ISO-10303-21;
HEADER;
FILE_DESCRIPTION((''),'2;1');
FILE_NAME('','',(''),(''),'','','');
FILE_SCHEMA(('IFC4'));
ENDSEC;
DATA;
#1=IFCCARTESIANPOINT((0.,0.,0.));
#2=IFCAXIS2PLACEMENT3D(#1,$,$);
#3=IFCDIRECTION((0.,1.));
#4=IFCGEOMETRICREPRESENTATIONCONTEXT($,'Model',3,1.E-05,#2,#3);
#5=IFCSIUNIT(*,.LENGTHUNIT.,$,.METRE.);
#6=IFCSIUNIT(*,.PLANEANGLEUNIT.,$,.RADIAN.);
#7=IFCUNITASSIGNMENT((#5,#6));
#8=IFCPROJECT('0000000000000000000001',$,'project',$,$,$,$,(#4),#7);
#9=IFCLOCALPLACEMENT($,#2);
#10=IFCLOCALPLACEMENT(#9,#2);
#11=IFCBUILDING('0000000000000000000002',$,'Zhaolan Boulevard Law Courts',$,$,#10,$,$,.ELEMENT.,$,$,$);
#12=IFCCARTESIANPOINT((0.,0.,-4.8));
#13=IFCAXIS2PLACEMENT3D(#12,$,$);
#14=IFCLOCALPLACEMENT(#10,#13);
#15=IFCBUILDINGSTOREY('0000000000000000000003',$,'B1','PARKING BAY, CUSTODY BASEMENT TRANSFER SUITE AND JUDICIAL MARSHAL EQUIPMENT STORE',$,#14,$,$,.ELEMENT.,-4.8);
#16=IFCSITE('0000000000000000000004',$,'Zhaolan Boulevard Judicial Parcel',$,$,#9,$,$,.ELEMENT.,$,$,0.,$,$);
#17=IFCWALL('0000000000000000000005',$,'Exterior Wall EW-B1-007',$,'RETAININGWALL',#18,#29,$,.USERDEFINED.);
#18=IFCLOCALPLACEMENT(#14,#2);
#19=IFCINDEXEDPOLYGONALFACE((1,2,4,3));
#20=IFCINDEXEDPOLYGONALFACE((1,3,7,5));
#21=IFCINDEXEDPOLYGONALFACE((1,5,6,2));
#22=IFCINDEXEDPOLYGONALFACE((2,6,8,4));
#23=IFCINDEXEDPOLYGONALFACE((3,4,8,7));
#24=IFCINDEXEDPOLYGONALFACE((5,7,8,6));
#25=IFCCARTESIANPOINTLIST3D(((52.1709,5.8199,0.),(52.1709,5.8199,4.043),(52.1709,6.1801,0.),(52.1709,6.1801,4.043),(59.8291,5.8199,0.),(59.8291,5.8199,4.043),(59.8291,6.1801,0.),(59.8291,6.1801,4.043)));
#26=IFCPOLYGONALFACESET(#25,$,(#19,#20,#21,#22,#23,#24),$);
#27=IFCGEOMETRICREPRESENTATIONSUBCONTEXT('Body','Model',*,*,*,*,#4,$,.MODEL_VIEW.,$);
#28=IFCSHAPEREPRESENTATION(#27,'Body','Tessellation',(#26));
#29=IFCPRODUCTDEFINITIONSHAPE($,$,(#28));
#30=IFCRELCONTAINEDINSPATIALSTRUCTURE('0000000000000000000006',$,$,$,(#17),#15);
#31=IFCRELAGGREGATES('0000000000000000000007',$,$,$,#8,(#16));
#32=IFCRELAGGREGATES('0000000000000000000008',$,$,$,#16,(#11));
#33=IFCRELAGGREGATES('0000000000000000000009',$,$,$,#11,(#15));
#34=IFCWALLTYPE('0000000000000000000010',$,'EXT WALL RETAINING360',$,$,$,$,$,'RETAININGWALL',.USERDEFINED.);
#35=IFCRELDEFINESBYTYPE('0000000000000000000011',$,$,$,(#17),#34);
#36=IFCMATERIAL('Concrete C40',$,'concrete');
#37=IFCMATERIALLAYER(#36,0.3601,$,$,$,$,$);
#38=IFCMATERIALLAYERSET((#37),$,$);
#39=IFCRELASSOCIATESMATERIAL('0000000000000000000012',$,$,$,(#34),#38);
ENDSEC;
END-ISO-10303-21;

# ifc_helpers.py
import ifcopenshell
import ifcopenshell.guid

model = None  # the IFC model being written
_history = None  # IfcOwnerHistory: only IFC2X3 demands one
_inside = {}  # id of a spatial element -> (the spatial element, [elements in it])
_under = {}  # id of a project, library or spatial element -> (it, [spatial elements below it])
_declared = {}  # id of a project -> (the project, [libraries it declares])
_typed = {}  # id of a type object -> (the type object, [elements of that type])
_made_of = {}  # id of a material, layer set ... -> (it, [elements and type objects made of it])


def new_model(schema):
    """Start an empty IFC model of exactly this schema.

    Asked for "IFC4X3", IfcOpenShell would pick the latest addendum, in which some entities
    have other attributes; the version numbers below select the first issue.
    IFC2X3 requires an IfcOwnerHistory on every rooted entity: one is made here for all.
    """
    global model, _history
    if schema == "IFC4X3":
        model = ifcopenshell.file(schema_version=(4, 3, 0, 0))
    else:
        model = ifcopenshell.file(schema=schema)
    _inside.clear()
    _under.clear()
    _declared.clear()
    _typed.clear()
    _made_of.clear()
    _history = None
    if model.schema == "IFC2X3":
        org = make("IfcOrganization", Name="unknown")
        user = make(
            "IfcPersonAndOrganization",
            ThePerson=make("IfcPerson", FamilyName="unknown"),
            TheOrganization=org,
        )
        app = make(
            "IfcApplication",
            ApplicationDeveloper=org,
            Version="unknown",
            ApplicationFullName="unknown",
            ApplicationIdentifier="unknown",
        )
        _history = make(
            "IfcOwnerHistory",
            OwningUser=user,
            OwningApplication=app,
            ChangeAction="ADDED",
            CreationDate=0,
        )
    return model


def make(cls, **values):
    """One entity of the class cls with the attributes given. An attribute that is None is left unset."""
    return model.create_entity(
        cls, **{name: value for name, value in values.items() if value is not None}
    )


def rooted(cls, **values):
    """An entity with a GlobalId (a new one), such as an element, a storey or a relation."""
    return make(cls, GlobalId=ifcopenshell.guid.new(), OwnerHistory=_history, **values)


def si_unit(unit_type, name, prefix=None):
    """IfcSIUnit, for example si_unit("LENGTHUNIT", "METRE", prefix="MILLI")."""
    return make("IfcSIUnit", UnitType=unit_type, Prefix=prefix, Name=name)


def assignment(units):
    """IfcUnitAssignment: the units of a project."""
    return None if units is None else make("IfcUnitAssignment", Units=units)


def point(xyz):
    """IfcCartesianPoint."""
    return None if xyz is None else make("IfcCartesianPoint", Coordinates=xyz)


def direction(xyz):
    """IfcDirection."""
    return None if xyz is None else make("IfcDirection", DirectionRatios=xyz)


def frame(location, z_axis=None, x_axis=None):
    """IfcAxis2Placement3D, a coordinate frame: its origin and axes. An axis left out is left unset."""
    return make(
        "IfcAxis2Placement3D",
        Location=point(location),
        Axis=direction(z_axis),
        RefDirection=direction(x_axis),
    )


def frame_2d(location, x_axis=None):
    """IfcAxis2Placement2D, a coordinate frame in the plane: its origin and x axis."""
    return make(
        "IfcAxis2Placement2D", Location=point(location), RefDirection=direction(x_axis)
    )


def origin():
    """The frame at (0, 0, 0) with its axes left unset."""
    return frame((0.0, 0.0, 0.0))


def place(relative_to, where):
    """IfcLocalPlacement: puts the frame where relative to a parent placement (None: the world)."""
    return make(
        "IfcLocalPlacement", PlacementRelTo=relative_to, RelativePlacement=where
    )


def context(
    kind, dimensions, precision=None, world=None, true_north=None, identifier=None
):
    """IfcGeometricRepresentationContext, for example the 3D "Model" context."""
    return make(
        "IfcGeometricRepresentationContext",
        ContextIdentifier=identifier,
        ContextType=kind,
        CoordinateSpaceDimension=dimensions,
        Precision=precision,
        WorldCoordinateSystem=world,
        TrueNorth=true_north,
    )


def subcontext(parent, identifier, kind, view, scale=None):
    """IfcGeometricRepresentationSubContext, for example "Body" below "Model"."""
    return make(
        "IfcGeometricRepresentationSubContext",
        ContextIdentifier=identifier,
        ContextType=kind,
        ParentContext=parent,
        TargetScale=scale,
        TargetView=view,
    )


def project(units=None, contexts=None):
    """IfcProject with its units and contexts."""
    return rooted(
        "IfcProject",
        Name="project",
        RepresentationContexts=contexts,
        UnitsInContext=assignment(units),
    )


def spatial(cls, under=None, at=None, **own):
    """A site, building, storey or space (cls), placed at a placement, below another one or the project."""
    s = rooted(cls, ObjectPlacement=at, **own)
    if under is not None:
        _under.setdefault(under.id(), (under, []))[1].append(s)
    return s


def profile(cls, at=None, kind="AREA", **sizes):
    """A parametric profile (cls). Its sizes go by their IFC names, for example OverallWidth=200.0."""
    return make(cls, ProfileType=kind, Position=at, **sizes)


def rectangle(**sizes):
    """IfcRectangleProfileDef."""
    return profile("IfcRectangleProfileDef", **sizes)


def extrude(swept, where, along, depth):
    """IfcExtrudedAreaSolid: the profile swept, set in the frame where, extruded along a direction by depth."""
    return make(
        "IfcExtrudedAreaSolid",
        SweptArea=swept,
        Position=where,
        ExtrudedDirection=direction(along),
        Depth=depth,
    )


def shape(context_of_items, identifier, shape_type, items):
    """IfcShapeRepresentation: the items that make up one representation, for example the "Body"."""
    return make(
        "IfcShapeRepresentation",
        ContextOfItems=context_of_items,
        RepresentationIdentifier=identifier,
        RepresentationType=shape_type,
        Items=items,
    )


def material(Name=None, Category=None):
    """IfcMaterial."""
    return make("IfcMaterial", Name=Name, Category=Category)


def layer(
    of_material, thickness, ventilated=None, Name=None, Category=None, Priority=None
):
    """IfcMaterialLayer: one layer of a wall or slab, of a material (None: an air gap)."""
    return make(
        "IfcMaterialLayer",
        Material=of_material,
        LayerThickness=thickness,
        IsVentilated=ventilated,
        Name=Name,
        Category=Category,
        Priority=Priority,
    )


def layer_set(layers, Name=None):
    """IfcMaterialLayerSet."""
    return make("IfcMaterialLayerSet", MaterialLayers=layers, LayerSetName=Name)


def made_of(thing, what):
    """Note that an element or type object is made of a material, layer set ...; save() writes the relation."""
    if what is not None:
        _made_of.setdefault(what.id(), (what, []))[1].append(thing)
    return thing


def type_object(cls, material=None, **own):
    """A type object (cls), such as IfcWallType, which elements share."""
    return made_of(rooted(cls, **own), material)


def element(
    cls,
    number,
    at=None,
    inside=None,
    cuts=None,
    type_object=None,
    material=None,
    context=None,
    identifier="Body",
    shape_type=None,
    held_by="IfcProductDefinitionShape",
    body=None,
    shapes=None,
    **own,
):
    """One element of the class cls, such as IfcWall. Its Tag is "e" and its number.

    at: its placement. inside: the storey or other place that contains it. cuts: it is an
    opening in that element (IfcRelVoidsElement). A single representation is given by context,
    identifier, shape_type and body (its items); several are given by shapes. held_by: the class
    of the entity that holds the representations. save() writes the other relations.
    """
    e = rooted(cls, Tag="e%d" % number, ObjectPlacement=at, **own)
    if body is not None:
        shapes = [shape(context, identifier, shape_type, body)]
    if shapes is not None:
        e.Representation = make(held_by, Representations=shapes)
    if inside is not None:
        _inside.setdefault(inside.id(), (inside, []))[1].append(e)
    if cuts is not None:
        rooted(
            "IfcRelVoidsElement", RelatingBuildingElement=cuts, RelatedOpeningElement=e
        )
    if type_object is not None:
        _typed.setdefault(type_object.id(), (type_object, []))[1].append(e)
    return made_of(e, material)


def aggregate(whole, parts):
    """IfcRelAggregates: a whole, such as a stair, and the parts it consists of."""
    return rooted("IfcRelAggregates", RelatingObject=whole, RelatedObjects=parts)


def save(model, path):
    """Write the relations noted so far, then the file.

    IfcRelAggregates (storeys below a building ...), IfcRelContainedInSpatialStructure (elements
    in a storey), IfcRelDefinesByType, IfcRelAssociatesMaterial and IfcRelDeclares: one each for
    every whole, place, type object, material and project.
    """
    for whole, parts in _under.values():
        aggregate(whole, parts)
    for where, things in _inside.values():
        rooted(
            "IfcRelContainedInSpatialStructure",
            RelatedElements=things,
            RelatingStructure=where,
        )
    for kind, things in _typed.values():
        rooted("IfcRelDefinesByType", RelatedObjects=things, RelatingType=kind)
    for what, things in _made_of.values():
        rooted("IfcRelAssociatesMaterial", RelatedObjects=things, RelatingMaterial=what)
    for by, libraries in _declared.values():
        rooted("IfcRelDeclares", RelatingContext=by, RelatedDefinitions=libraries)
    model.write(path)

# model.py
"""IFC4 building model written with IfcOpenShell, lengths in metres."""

from ifc_helpers import new_model, si_unit, direction, frame, frame_2d, origin, place, context, subcontext, project, spatial, rectangle, extrude, material, layer, layer_set, type_object, element, save


model = new_model("IFC4")

# Units and contexts
model_context = context("Model", 3, precision=1e-05, world=origin(), true_north=direction((0.0, 1.0)))
body_context = subcontext(model_context, "Body", "Model", "MODEL_VIEW")
ifc_project = project(units=[si_unit("LENGTHUNIT", "METRE"), si_unit("PLANEANGLEUNIT", "RADIAN")], contexts=[model_context])

# Site, building, storey
site_placement = place(None, origin())
site = spatial("IfcSite", under=ifc_project, at=site_placement, Name="Zhaolan Boulevard Judicial Parcel", CompositionType="ELEMENT", RefElevation=0.0)
building_placement = place(site_placement, origin())
building = spatial("IfcBuilding", under=site, at=building_placement, Name="Zhaolan Boulevard Law Courts", CompositionType="ELEMENT")
storey_placement = place(building_placement, frame((0.0, 0.0, -4.8)))
storey = spatial("IfcBuildingStorey", under=building, at=storey_placement, Name="B1", Description="PARKING BAY, CUSTODY BASEMENT TRANSFER SUITE AND JUDICIAL MARSHAL EQUIPMENT STORE", CompositionType="ELEMENT", Elevation=-4.8)

# Wall
ifc_material_1 = material(Name="Concrete C40", Category="concrete")
ifc_layer = layer(ifc_material_1, 0.3601)
ifc_layer_set = layer_set([ifc_layer])
wall_type = type_object("IfcWallType", Name="EXT WALL RETAINING360", ElementType="RETAININGWALL", PredefinedType="USERDEFINED", material=ifc_layer_set)
wall_placement = place(storey_placement, frame((52.1709, 6.0, 0.0), z_axis=(0.0, 0.0, 1.0), x_axis=(1.0, 0.0, 0.0)))
element("IfcWall", 1, at=wall_placement, inside=storey, type_object=wall_type, Name="Exterior Wall EW-B1-007", ObjectType="RETAININGWALL", PredefinedType="USERDEFINED", context=body_context, shape_type="SweptSolid", body=[
    extrude(rectangle(XDim=7.6582, YDim=0.3601, at=frame_2d((3.8291, 0.0))), origin(), (0.0, 0.0, 1.0), 4.043),
])

save(model, "model.ifc")
